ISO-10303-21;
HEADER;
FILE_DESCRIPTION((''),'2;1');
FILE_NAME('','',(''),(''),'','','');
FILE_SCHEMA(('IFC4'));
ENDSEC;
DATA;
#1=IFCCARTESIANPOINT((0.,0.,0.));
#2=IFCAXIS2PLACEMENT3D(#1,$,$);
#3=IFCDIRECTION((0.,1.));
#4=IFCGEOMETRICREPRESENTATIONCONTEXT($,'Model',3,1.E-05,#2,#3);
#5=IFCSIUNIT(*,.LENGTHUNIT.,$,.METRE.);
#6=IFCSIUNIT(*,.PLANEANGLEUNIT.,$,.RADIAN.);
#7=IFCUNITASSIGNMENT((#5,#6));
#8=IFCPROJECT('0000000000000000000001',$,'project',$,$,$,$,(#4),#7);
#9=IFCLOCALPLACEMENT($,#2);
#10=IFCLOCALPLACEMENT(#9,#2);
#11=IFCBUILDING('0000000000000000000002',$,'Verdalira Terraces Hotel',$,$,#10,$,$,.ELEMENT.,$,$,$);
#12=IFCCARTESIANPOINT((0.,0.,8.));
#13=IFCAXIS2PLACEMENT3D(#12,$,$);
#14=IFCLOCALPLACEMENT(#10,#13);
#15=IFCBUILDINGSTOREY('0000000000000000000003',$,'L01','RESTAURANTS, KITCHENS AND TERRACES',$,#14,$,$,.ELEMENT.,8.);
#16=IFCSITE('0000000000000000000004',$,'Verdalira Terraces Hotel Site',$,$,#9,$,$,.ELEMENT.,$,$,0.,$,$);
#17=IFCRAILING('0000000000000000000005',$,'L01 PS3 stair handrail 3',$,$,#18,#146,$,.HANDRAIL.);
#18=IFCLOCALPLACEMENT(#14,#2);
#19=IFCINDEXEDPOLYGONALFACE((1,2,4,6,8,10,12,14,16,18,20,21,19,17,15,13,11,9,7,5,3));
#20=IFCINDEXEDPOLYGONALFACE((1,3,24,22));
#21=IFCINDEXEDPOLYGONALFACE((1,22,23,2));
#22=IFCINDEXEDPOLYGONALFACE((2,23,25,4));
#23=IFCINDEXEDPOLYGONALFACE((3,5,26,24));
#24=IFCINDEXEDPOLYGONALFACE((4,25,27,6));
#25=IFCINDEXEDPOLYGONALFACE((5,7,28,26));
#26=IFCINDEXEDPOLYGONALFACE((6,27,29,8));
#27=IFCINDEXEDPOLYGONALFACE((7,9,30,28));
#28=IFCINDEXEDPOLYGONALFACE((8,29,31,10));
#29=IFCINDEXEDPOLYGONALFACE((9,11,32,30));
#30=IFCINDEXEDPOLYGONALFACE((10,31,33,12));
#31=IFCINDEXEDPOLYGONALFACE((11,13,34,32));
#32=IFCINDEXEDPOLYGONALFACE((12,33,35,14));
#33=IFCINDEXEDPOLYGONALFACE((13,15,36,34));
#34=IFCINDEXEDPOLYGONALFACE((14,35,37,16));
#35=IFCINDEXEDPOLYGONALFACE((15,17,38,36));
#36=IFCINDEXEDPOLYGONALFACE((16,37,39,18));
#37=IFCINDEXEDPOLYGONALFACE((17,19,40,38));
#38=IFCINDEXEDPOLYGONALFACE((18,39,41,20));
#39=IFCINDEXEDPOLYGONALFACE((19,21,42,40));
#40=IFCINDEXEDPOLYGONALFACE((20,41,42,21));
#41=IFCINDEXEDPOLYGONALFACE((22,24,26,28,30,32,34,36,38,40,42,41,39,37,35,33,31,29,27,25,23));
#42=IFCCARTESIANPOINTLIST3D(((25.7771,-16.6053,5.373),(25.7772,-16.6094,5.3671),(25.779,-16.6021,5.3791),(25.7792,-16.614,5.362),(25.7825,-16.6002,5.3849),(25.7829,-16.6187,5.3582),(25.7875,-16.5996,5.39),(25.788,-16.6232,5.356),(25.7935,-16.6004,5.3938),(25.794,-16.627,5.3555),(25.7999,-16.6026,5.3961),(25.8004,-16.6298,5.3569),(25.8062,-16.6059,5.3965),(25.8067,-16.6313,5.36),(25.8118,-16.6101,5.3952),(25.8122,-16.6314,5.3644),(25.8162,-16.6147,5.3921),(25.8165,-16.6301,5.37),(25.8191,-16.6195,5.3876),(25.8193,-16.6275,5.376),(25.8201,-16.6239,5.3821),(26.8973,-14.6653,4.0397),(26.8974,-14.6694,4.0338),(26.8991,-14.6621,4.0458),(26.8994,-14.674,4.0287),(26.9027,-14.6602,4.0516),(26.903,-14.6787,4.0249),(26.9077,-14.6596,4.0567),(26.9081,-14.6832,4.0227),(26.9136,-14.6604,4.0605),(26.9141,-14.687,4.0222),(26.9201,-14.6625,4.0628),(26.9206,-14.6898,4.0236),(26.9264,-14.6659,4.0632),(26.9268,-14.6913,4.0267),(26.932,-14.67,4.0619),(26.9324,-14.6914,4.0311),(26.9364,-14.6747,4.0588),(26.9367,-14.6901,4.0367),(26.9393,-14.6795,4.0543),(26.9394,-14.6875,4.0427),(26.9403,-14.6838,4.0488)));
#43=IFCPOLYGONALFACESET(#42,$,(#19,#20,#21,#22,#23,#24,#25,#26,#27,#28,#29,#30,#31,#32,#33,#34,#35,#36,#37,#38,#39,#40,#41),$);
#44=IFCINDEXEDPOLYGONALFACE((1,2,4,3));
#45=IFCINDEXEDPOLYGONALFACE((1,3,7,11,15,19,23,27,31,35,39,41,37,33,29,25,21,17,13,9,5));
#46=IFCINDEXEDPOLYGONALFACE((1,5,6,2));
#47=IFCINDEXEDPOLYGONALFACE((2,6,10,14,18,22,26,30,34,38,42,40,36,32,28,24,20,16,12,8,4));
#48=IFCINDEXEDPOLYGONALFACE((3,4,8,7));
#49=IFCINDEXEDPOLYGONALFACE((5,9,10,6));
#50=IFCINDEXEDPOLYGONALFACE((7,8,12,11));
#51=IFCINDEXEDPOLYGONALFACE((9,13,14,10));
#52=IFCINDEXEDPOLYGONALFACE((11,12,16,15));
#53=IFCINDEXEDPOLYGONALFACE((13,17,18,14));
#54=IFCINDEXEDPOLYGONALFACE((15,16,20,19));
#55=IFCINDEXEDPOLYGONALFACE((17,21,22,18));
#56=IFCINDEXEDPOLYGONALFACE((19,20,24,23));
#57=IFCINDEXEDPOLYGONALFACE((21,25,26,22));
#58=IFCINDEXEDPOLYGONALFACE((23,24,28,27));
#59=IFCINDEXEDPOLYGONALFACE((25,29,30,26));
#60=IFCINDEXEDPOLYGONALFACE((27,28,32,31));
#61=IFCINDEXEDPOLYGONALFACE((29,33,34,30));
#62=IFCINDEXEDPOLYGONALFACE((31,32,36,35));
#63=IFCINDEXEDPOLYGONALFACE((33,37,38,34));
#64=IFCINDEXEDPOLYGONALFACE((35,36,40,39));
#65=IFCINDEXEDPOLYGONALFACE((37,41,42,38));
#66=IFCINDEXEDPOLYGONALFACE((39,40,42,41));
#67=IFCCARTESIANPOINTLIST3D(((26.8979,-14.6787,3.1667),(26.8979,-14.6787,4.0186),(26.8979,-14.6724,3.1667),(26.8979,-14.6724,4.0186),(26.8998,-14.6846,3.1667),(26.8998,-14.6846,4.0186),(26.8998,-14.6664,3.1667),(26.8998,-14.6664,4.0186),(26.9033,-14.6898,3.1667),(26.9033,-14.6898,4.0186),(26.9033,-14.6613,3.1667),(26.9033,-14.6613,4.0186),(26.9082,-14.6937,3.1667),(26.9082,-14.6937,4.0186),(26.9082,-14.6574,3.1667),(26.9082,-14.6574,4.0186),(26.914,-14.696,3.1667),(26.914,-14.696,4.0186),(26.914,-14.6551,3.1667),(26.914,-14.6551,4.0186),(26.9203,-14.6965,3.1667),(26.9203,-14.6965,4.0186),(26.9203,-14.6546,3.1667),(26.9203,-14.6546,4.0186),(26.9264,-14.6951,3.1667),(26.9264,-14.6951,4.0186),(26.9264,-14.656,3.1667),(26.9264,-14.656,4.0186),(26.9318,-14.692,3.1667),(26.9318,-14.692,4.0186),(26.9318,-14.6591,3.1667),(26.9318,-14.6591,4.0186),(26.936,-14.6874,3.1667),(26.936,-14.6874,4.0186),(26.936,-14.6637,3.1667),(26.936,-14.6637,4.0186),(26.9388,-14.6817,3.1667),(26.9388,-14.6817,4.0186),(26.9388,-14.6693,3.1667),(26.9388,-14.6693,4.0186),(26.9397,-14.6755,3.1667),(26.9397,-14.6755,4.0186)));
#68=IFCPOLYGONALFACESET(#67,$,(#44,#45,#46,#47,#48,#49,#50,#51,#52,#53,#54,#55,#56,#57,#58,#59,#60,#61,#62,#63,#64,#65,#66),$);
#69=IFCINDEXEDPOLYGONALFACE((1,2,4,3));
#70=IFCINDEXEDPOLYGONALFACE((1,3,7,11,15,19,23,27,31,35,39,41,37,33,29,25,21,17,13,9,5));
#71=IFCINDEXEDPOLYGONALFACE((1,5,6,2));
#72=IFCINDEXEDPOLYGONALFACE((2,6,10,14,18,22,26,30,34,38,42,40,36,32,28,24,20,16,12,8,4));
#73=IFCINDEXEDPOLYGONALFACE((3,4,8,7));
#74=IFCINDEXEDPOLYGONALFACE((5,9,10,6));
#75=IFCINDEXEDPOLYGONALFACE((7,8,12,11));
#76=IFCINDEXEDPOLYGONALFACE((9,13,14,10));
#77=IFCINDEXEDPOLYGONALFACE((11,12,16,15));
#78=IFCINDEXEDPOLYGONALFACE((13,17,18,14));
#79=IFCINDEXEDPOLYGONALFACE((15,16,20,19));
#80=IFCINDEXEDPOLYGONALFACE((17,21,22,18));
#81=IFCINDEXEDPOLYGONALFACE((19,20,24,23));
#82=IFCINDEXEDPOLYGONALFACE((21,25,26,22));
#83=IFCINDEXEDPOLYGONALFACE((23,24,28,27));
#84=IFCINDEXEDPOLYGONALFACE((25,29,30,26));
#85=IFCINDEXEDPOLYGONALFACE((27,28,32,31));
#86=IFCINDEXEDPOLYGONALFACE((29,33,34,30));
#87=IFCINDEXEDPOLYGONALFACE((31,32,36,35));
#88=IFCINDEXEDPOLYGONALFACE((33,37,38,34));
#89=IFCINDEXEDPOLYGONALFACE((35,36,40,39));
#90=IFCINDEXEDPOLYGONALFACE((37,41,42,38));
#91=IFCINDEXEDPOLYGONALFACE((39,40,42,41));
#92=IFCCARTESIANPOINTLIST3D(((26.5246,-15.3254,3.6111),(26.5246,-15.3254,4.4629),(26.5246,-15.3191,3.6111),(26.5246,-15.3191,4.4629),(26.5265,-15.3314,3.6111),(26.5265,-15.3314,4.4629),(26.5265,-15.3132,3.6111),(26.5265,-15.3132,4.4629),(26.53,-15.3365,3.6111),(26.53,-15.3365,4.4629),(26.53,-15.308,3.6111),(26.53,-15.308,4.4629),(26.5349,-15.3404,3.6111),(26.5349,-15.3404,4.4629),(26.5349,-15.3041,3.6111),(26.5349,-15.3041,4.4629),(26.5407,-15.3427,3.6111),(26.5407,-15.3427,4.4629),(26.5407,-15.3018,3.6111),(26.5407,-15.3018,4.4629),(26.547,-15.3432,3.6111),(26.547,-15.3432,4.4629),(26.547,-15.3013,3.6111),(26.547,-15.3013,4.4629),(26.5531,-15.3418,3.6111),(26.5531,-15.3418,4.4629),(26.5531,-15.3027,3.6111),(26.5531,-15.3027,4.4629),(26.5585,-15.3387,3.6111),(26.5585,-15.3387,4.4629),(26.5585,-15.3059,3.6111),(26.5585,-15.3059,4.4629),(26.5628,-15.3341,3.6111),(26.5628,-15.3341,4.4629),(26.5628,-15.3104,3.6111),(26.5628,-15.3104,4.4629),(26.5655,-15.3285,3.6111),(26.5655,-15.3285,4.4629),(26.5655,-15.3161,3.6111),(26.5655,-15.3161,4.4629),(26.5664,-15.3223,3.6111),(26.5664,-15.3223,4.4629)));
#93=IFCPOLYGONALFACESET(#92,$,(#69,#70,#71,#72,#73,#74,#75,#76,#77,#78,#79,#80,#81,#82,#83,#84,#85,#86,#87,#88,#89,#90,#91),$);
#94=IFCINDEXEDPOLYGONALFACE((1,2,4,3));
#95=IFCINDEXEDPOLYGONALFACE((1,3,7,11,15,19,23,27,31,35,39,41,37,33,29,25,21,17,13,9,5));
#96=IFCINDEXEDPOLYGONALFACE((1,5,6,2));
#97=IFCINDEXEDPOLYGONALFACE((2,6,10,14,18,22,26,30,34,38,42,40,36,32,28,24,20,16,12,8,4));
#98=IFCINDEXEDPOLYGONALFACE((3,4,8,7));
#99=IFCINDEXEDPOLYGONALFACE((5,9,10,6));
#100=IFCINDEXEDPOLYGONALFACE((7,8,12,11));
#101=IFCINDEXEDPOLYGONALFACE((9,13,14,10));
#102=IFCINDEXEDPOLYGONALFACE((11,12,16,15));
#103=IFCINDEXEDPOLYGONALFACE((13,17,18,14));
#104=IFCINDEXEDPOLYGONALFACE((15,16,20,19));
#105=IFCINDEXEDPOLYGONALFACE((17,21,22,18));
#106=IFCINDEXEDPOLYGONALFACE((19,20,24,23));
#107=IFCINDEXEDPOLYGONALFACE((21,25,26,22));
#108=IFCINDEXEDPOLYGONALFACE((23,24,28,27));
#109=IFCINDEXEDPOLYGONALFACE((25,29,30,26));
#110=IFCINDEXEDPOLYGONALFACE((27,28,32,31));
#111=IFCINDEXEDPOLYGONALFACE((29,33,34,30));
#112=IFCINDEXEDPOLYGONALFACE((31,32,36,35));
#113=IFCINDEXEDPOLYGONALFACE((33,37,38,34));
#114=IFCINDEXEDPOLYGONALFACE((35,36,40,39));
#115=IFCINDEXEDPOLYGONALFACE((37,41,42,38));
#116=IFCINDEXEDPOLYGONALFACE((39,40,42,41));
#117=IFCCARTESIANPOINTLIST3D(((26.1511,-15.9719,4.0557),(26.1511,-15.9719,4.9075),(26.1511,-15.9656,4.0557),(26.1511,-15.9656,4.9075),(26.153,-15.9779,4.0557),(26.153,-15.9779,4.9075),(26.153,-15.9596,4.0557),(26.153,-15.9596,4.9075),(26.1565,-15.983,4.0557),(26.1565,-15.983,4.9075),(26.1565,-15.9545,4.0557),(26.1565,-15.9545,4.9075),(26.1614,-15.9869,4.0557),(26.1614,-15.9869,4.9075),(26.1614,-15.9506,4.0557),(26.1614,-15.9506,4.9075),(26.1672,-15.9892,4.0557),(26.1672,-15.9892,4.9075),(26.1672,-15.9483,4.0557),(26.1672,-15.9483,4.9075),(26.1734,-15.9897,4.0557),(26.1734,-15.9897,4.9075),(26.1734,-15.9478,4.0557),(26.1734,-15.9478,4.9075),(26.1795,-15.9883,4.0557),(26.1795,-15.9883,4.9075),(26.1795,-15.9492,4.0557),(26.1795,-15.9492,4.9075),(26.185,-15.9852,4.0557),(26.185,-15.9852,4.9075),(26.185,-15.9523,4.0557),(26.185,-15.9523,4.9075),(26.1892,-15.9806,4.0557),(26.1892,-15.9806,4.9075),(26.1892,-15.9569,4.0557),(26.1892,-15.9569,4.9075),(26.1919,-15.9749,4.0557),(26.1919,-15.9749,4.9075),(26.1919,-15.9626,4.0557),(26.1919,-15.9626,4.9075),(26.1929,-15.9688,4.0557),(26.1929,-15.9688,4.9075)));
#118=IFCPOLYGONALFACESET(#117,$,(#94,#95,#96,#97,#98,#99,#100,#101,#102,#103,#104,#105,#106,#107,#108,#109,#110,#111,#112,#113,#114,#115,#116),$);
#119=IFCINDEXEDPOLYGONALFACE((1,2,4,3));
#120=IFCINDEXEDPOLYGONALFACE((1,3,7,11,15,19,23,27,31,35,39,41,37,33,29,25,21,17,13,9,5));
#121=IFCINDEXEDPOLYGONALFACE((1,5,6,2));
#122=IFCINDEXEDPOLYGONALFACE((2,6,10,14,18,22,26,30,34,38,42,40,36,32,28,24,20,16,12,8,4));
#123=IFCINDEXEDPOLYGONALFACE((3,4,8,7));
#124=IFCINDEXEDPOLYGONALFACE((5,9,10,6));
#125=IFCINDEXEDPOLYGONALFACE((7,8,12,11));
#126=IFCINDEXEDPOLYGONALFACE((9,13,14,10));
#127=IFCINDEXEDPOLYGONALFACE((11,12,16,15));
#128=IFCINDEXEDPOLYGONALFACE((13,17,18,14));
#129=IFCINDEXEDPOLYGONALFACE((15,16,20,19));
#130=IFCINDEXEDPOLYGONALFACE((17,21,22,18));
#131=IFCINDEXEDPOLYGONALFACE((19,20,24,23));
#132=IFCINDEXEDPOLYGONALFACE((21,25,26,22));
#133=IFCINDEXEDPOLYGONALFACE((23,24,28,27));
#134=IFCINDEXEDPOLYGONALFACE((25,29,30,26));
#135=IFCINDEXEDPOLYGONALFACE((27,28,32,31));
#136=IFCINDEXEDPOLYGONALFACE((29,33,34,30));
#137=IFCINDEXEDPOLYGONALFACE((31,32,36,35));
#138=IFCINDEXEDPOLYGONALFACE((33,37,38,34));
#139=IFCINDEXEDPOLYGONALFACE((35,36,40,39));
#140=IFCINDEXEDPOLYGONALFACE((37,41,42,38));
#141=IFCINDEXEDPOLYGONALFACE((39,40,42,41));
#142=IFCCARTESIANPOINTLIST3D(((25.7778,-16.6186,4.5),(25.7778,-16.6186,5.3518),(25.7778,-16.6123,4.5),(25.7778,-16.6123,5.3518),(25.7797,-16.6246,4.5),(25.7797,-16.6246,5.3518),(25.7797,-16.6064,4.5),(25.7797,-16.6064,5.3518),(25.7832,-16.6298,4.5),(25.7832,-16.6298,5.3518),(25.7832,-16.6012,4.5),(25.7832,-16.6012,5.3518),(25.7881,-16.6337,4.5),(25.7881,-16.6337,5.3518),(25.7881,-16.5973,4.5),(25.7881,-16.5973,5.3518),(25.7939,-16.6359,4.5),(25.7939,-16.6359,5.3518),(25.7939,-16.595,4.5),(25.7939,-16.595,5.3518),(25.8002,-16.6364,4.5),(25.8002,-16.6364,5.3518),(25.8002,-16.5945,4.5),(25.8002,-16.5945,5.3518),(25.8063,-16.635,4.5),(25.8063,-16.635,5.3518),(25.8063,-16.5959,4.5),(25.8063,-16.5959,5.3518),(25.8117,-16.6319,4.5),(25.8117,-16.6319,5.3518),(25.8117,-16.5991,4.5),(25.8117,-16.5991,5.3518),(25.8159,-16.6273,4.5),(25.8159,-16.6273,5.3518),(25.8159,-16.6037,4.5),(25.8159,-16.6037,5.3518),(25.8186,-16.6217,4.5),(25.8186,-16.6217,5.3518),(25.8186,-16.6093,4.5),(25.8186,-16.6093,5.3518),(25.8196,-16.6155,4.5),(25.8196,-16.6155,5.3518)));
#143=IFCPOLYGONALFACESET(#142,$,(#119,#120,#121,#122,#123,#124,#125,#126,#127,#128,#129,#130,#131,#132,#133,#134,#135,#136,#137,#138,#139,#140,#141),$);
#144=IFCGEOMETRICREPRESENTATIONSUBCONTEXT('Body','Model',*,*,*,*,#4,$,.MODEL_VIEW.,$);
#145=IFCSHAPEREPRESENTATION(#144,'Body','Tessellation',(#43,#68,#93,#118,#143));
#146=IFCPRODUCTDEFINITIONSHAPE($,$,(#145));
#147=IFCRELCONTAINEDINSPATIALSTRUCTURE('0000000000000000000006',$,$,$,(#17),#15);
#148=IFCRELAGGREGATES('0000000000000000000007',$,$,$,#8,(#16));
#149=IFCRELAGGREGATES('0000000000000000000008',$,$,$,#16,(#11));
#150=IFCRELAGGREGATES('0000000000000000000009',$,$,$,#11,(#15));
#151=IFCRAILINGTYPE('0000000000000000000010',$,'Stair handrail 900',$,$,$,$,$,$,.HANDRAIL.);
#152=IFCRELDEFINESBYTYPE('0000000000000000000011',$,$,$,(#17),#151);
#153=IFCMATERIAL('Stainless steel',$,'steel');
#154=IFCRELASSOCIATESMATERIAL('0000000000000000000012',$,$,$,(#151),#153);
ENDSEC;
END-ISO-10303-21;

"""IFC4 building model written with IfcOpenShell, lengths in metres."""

from ifc_helpers import new_model, si_unit, direction, frame, origin, origin_2d, place, context, subcontext, project, spatial, circle, extrude, material, type_object, element, save


model = new_model("IFC4")

# Units and contexts
model_context = context("Model", 3, precision=1e-05, world=origin(), true_north=direction((0.0, 1.0)))
body_context = subcontext(model_context, "Body", "Model", "MODEL_VIEW")
ifc_project = project(units=[si_unit("LENGTHUNIT", "METRE"), si_unit("PLANEANGLEUNIT", "RADIAN")], contexts=[model_context])

# Site, building, storey
site_placement = place(None, origin())
site = spatial("IfcSite", under=ifc_project, at=site_placement, Name="Verdalira Terraces Hotel Site", CompositionType="ELEMENT", RefElevation=0.0)
building_placement = place(site_placement, origin())
building = spatial("IfcBuilding", under=site, at=building_placement, Name="Verdalira Terraces Hotel", CompositionType="ELEMENT")
storey_placement = place(building_placement, frame((0.0, 0.0, 8.0)))
storey = spatial("IfcBuildingStorey", under=building, at=storey_placement, Name="L01", Description="RESTAURANTS, KITCHENS AND TERRACES", CompositionType="ELEMENT", Elevation=8.0)

# Railing
ifc_material_1 = material(Name="Stainless steel", Category="steel")
railing_type_1 = type_object("IfcRailingType", Name="Stair handrail 900", PredefinedType="HANDRAIL", material=ifc_material_1)
railing_1_placement = place(storey_placement, frame((26.9187, -14.6755, 3.1667)))
element("IfcRailing", 1, at=railing_1_placement, inside=storey, type_object=railing_type_1, Name="L01 PS3 stair handrail 3", PredefinedType="HANDRAIL", context=body_context, shape_type="SweptSolid", body=[
    extrude(circle(Radius=0.0239, at=origin_2d()), frame((0.0, 0.0, 0.876), z_axis=(-0.429684, -0.744175, 0.511444), x_axis=(0.866008, -0.500031, 0.0)), (0.0, 0.0, 1.0), 2.6069),
    extrude(circle(Radius=0.021, at=origin_2d()), origin(), (0.0, 0.0, 1.0), 0.8518),
    extrude(circle(Radius=0.021, at=origin_2d()), frame((-0.3733, -0.6467, 0.4443)), (0.0, 0.0, 1.0), 0.8518),
    extrude(circle(Radius=0.021, at=origin_2d()), frame((-0.7468, -1.2932, 0.8889)), (0.0, 0.0, 1.0), 0.8518),
    extrude(circle(Radius=0.021, at=origin_2d()), frame((-1.1201, -1.9399, 1.3333)), (0.0, 0.0, 1.0), 0.8518),
])

save(model, "model.ifc")
